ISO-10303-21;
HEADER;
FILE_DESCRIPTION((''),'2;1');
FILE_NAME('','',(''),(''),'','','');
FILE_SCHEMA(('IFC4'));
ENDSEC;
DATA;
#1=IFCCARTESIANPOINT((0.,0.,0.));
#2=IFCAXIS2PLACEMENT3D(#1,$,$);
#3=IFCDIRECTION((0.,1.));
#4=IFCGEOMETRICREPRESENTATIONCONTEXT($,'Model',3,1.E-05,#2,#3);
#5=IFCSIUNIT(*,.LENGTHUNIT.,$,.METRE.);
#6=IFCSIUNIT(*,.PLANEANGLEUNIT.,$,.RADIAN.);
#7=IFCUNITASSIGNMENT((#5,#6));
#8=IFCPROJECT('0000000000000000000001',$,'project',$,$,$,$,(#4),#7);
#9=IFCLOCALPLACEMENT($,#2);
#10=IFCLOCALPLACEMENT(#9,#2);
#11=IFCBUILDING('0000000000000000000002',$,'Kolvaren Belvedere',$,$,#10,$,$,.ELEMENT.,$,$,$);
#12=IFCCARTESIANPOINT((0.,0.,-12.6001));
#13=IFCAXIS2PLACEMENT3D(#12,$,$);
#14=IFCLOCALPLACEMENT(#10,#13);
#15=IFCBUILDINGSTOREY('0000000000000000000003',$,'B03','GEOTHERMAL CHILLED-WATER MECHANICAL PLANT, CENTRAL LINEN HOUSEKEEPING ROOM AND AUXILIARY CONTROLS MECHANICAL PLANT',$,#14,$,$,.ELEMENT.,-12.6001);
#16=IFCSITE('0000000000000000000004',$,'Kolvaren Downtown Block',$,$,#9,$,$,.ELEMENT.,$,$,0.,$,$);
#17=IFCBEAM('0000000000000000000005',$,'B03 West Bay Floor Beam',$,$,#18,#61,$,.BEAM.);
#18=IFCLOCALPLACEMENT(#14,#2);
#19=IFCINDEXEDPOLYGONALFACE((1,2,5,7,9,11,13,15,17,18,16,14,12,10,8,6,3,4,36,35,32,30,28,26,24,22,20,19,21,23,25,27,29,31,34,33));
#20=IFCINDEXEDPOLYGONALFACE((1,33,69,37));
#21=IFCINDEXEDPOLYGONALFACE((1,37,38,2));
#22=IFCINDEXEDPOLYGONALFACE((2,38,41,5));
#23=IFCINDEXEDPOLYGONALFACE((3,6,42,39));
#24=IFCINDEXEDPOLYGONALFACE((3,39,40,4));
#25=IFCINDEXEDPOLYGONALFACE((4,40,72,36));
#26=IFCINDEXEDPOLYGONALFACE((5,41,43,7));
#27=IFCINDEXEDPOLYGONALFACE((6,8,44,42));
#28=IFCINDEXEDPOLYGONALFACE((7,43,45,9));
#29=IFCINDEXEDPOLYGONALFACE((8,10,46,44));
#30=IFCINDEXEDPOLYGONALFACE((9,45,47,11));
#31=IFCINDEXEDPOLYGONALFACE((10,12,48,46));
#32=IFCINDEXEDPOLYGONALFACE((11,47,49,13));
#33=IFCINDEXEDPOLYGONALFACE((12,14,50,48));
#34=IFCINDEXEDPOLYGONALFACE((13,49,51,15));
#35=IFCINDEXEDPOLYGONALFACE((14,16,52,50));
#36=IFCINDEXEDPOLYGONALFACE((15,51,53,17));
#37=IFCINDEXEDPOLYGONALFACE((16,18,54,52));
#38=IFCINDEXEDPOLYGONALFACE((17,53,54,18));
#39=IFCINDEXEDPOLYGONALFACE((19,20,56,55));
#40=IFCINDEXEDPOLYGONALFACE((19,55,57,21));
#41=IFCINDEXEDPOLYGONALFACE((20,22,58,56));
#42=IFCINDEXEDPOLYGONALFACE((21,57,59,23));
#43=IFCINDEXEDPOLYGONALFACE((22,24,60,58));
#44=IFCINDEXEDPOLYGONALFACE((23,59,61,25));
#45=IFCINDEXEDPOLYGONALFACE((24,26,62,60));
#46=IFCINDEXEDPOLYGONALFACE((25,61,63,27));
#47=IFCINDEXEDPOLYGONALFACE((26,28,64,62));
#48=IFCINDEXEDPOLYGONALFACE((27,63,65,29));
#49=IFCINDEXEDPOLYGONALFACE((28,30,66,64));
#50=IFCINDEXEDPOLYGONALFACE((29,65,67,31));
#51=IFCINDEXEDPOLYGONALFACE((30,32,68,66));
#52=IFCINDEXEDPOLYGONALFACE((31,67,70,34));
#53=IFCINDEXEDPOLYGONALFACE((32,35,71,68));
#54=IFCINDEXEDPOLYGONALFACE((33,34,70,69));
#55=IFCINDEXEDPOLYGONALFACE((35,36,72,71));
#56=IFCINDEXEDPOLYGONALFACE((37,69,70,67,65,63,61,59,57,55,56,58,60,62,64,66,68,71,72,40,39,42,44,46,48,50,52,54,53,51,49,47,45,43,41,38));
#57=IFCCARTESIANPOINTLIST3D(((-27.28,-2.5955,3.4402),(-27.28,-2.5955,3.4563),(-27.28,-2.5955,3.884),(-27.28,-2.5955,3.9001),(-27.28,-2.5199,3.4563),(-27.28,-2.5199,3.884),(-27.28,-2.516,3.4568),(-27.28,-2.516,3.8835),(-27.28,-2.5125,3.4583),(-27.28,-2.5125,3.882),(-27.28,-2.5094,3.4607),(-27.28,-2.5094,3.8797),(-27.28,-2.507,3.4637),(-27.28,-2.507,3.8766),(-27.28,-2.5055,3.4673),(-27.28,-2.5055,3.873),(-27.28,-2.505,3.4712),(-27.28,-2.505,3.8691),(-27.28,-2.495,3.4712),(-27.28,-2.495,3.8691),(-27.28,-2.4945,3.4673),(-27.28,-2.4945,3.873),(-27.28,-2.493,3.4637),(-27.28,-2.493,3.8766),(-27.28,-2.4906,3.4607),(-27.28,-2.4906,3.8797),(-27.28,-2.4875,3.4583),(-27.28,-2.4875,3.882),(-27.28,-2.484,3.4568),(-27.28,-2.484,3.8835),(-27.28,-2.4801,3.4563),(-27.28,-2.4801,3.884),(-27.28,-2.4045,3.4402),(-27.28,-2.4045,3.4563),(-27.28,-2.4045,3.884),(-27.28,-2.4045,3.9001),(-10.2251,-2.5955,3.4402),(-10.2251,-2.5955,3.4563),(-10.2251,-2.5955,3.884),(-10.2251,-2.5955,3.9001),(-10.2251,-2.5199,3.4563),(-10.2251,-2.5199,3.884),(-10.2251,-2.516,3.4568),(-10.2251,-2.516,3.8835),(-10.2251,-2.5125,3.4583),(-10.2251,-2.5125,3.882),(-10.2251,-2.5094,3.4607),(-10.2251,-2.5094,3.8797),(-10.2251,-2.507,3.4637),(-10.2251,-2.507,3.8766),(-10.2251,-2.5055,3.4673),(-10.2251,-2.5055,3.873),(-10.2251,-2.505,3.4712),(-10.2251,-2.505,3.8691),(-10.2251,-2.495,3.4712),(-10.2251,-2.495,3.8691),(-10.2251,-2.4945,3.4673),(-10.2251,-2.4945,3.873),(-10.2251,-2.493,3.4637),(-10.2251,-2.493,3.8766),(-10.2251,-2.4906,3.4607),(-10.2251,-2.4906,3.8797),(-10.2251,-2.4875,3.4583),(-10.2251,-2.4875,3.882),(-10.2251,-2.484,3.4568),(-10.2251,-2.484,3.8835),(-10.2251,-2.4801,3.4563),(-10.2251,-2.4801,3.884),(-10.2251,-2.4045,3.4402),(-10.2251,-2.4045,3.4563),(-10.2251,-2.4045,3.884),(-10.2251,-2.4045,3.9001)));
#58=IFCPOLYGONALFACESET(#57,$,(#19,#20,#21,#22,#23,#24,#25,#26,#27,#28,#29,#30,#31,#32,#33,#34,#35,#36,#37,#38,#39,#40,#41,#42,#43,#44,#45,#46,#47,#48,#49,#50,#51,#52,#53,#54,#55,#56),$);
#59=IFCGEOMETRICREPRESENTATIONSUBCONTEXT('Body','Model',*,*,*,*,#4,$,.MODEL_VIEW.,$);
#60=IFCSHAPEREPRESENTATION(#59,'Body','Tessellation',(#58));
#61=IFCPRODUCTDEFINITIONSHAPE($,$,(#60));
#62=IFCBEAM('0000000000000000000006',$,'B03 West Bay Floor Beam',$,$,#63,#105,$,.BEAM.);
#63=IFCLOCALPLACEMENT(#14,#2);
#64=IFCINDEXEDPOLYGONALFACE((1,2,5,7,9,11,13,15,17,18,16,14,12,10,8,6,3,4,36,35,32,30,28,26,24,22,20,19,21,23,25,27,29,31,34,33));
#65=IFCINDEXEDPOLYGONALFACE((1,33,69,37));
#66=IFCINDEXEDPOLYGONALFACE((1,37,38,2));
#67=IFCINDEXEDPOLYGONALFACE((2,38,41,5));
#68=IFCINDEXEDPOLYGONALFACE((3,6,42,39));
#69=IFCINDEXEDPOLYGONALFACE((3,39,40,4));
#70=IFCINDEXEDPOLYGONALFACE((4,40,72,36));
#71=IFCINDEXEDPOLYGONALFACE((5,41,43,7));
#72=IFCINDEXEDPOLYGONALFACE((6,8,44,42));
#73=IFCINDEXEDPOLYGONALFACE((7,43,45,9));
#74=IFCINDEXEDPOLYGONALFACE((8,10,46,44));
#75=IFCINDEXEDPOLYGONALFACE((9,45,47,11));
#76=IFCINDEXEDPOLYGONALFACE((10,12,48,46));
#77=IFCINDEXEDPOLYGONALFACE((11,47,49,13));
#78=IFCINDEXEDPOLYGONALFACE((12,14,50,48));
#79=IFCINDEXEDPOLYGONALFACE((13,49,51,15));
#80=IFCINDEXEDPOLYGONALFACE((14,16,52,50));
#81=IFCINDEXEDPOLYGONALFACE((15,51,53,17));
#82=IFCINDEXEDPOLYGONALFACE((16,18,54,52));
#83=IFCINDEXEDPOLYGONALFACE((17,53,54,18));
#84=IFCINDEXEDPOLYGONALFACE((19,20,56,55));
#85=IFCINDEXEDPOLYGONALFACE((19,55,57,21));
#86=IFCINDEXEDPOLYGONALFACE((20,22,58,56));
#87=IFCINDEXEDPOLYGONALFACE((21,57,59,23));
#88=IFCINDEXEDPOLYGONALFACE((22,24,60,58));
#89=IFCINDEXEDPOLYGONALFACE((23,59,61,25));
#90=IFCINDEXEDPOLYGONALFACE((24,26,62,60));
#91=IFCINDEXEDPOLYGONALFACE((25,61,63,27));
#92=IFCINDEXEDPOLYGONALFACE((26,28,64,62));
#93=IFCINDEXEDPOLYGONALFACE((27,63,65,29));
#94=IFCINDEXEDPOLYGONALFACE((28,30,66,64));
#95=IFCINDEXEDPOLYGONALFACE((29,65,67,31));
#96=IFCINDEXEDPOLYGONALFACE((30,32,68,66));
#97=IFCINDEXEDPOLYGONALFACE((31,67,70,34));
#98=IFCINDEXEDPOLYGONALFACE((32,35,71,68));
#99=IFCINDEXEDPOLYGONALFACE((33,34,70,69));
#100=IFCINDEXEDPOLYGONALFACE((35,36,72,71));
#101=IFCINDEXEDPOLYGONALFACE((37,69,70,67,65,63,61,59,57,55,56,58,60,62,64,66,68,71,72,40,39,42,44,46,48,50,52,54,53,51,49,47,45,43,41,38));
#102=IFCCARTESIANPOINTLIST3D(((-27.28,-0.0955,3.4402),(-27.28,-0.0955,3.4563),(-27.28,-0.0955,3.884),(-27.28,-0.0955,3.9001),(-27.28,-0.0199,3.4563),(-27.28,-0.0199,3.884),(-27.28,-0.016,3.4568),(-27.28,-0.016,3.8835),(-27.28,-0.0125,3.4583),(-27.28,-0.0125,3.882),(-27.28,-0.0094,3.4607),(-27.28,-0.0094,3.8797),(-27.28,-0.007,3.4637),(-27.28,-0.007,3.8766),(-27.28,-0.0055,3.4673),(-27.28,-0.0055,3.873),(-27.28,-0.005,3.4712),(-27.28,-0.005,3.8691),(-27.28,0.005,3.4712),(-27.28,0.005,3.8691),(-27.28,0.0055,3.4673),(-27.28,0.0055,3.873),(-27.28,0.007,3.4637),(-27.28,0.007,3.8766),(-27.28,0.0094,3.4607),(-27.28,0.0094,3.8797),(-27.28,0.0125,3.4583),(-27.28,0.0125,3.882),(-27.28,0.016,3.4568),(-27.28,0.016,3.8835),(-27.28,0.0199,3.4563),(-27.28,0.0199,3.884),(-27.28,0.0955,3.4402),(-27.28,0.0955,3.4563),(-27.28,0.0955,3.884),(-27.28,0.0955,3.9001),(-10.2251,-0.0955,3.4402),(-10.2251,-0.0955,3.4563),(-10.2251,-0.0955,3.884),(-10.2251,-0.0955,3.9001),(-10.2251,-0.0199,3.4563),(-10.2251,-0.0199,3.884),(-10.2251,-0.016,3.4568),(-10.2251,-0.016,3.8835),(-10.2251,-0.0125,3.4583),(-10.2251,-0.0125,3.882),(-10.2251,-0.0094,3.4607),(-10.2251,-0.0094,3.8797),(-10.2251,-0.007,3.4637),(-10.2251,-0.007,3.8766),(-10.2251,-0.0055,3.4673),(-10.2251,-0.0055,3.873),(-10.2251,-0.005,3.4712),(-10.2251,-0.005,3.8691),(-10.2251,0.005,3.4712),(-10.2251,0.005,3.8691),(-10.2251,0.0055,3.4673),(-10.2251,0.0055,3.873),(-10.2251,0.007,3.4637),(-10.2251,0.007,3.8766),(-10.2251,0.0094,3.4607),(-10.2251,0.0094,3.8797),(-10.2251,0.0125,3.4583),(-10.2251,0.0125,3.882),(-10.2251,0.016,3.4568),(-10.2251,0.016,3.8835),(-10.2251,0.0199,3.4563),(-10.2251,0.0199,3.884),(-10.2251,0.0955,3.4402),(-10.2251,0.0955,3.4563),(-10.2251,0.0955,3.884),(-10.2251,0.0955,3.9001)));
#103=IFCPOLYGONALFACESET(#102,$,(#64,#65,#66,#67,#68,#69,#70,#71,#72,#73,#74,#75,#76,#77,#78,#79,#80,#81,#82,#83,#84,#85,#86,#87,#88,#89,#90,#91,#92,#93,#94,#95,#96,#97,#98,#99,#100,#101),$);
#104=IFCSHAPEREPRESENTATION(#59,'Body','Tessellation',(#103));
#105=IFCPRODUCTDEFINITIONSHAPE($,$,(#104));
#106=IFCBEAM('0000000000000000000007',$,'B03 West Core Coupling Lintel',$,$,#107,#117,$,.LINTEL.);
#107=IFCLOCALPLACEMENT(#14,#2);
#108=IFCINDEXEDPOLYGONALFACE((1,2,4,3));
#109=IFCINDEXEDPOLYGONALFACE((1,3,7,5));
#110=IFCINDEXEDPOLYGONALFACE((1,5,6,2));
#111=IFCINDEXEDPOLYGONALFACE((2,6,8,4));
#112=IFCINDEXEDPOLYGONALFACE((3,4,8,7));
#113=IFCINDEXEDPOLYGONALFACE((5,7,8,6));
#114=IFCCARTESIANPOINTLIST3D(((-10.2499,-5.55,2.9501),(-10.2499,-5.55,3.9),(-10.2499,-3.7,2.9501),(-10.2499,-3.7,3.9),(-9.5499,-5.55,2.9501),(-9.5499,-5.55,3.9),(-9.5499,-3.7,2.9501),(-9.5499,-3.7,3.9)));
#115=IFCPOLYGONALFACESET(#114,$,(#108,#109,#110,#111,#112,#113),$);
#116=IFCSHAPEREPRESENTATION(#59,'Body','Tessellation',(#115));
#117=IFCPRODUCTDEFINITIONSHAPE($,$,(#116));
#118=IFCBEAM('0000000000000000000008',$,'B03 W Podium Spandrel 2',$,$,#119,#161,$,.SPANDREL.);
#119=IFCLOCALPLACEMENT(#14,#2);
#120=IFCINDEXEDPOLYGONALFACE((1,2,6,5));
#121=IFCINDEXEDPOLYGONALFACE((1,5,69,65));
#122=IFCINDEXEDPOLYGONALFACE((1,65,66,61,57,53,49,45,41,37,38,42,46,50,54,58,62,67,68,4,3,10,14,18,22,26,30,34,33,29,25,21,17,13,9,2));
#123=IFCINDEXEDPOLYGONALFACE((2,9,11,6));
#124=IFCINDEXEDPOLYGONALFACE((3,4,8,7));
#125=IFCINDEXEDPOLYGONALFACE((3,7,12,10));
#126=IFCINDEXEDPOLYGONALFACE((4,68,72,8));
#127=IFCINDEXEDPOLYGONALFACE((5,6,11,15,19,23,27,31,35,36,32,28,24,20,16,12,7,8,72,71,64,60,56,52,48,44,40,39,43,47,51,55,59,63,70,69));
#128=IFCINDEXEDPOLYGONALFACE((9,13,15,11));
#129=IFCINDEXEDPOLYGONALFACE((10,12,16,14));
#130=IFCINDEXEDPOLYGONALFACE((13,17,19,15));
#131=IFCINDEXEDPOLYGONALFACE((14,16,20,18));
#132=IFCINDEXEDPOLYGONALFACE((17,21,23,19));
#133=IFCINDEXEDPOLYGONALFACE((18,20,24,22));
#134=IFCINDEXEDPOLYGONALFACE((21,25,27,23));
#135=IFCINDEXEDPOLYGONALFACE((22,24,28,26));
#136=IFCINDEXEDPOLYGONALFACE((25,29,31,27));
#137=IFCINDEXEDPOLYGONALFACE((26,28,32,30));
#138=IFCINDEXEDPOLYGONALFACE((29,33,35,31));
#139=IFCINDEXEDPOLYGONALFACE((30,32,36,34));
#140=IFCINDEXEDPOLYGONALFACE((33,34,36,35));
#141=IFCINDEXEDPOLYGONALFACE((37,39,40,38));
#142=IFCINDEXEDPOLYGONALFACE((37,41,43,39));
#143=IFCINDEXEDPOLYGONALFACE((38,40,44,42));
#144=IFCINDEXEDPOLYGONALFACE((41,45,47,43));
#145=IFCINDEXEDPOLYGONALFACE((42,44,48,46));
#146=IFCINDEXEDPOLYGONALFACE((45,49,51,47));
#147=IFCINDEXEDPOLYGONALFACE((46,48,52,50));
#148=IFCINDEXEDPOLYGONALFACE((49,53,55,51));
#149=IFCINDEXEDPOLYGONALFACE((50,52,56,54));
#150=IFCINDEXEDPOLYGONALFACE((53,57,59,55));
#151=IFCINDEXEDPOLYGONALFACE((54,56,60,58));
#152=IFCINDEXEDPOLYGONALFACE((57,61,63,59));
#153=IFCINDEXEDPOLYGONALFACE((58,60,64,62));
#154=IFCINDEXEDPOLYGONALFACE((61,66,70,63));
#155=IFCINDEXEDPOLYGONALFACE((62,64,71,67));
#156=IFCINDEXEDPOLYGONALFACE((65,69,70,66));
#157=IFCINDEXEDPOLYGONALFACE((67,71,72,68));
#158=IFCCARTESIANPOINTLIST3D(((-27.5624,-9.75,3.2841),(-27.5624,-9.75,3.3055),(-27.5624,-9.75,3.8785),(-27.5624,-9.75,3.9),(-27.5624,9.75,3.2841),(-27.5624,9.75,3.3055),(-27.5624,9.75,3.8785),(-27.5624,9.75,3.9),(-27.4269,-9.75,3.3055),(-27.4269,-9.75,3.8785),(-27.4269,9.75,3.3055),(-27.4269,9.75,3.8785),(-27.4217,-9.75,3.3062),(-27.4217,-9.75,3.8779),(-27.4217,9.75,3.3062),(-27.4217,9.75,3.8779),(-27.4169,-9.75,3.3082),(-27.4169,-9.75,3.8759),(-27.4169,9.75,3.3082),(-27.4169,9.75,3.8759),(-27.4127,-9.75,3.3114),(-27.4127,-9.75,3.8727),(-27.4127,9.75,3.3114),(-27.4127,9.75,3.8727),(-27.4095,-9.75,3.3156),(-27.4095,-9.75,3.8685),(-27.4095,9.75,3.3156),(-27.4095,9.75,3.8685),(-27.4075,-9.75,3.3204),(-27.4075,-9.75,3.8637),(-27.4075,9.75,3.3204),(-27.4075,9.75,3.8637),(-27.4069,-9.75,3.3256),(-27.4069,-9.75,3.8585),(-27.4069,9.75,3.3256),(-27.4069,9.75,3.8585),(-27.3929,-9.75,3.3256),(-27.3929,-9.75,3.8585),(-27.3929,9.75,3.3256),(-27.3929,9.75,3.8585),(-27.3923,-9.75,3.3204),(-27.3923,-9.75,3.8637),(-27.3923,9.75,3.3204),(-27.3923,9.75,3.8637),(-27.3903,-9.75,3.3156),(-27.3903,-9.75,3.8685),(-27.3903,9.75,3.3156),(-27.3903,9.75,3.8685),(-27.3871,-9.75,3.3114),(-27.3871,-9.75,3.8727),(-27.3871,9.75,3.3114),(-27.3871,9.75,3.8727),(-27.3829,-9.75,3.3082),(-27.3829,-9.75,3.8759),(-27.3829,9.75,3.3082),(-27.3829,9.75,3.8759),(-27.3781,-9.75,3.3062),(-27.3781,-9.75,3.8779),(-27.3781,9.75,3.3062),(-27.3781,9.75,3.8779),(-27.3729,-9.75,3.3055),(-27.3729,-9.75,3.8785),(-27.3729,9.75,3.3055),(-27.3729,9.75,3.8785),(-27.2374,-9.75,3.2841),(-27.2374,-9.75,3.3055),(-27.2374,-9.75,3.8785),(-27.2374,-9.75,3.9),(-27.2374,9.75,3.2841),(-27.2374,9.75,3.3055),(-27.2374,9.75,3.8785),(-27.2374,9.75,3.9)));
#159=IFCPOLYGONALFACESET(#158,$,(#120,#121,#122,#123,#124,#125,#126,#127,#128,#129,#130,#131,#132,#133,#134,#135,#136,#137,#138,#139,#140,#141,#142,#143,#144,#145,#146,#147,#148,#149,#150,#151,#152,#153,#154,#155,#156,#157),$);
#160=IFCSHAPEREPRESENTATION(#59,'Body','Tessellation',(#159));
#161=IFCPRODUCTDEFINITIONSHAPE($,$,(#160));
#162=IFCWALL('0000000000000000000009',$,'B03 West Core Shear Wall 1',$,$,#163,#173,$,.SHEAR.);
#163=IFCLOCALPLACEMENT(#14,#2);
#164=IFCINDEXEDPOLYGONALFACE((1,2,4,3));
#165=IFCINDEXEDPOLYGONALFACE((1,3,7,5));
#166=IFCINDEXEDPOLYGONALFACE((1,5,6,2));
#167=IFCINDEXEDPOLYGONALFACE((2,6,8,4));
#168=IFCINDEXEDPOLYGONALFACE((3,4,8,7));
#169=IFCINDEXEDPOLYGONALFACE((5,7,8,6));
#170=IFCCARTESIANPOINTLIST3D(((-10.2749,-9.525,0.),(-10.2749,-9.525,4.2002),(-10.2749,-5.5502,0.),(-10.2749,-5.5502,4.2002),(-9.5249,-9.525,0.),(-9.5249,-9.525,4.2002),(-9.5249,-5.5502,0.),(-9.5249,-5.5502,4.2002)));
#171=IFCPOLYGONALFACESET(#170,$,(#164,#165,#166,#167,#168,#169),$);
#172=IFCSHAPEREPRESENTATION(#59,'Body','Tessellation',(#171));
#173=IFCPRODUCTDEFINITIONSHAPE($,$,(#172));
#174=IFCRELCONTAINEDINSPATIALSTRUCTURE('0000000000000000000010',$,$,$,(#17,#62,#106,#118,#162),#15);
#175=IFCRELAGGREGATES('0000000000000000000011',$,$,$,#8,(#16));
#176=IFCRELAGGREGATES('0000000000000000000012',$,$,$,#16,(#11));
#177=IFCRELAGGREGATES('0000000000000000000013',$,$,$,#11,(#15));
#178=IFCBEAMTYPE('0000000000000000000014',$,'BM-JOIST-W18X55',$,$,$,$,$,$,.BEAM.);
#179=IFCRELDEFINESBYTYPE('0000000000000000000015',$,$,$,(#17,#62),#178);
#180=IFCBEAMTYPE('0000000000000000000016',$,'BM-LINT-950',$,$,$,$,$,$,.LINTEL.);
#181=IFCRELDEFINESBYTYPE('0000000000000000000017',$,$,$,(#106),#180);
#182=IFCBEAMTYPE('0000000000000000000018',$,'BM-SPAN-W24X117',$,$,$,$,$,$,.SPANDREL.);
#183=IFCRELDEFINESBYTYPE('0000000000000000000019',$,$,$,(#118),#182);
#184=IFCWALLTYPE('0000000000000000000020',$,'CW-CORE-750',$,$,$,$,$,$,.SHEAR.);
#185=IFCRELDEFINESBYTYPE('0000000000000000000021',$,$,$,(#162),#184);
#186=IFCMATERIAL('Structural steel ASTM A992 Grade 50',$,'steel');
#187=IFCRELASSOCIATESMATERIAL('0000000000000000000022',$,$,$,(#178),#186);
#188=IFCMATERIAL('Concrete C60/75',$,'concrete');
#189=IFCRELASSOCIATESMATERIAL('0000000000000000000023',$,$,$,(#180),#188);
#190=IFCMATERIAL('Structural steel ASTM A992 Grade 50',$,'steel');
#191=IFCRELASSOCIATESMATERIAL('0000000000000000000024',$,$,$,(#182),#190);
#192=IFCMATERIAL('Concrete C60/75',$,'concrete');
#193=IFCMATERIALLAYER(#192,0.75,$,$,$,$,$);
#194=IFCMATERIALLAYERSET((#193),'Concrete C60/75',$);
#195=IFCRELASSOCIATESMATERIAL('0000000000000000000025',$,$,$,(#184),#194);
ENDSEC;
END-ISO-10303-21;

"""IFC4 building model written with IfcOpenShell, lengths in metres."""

from ifc_helpers import new_model, si_unit, direction, frame, frame_2d, origin, origin_2d, place, context, subcontext, project, spatial, rectangle, i_section, extrude, material, layer, layer_set, material_profile, profile_set, type_object, element, save


model = new_model("IFC4")

# Units and contexts
model_context = context("Model", 3, precision=1e-05, world=origin(), true_north=direction((0.0, 1.0)))
body_context = subcontext(model_context, "Body", "Model", "MODEL_VIEW")
ifc_project = project(units=[si_unit("LENGTHUNIT", "METRE"), si_unit("PLANEANGLEUNIT", "RADIAN")], contexts=[model_context])

# Site, building, storey
site_placement = place(None, origin())
site = spatial("IfcSite", under=ifc_project, at=site_placement, Name="Kolvaren Downtown Block", CompositionType="ELEMENT", RefElevation=0.0)
building_placement = place(site_placement, origin())
building = spatial("IfcBuilding", under=site, at=building_placement, Name="Kolvaren Belvedere", CompositionType="ELEMENT")
storey_placement = place(building_placement, frame((0.0, 0.0, -12.6001)))
storey = spatial("IfcBuildingStorey", under=building, at=storey_placement, Name="B03", Description="GEOTHERMAL CHILLED-WATER MECHANICAL PLANT, CENTRAL LINEN HOUSEKEEPING ROOM AND AUXILIARY CONTROLS MECHANICAL PLANT", CompositionType="ELEMENT", Elevation=-12.6001)

# Beams
ifc_material_1 = material(Name="Structural steel ASTM A992 Grade 50", Category="steel")
ifc_material_profile_1 = material_profile(ifc_material_1, i_section(OverallWidth=0.1909, OverallDepth=0.46, WebThickness=0.01, FlangeThickness=0.0161, FilletRadius=0.0149, at=origin_2d()), Name="W18X55")
ifc_profile_set_1 = profile_set([ifc_material_profile_1], Name="Structural steel ASTM A992 Grade 50")
beam_type_1 = type_object("IfcBeamType", Name="BM-JOIST-W18X55", PredefinedType="BEAM", material=ifc_profile_set_1)
for number, where, z_axis, x_axis, name in (
    (1, (-27.28, -2.5, 3.6702), (1.0, 0.0, 0.0), (0.0, 1.0, 0.0), "B03 West Bay Floor Beam"),
    (2, (-27.28, 0.0, 3.6702), (1.0, 0.0, 0.0), (0.0, 1.0, 0.0), "B03 West Bay Floor Beam"),
):
    element("IfcBeam", number, at=place(storey_placement, frame(where, z_axis=z_axis, x_axis=x_axis)), inside=storey, type_object=beam_type_1, Name=name, PredefinedType="BEAM", context=body_context, shape_type="SweptSolid", body=[
        extrude(i_section(OverallWidth=0.1909, OverallDepth=0.46, WebThickness=0.01, FlangeThickness=0.0161, FilletRadius=0.0149, at=origin_2d()), origin(), (0.0, 0.0, 1.0), 17.0549),
    ])
ifc_material_2 = material(Name="Concrete C60/75", Category="concrete")
ifc_material_profile_2 = material_profile(ifc_material_2, rectangle(XDim=0.7, YDim=0.95, at=origin_2d()), Name="RC 700X950")
ifc_profile_set_2 = profile_set([ifc_material_profile_2], Name="Concrete C60/75")
beam_type_2 = type_object("IfcBeamType", Name="BM-LINT-950", PredefinedType="LINTEL", material=ifc_profile_set_2)
beam_1_placement = place(storey_placement, frame((-9.8999, -5.55, 3.425), z_axis=(0.0, 1.0, 0.0), x_axis=(-1.0, 0.0, 0.0)))
element("IfcBeam", 3, at=beam_1_placement, inside=storey, type_object=beam_type_2, Name="B03 West Core Coupling Lintel", PredefinedType="LINTEL", context=body_context, shape_type="SweptSolid", body=[
    extrude(rectangle(XDim=0.7, YDim=0.95, at=origin_2d()), origin(), (0.0, 0.0, 1.0), 1.8501),
])
ifc_material_3 = material(Name="Structural steel ASTM A992 Grade 50", Category="steel")
ifc_material_profile_3 = material_profile(ifc_material_3, i_section(OverallWidth=0.325, OverallDepth=0.616, WebThickness=0.0139, FlangeThickness=0.0215, FilletRadius=0.02, at=origin_2d()), Name="W24X117")
ifc_profile_set_3 = profile_set([ifc_material_profile_3], Name="Structural steel ASTM A992 Grade 50")
beam_type_3 = type_object("IfcBeamType", Name="BM-SPAN-W24X117", PredefinedType="SPANDREL", material=ifc_profile_set_3)
beam_2_placement = place(storey_placement, frame((-27.3999, -9.75, 3.592), z_axis=(0.0, 1.0, 0.0), x_axis=(-1.0, 0.0, 0.0)))
element("IfcBeam", 4, at=beam_2_placement, inside=storey, type_object=beam_type_3, Name="B03 W Podium Spandrel 2", PredefinedType="SPANDREL", context=body_context, shape_type="SweptSolid", body=[
    extrude(i_section(OverallWidth=0.325, OverallDepth=0.616, WebThickness=0.0139, FlangeThickness=0.0215, FilletRadius=0.02, at=origin_2d()), origin(), (0.0, 0.0, 1.0), 19.5),
])

# Wall
ifc_material_4 = material(Name="Concrete C60/75", Category="concrete")
ifc_layer_1 = layer(ifc_material_4, 0.75)
ifc_layer_set_1 = layer_set([ifc_layer_1], Name="Concrete C60/75")
wall_type_1 = type_object("IfcWallType", Name="CW-CORE-750", PredefinedType="SHEAR", material=ifc_layer_set_1)
wall_1_placement = place(storey_placement, frame((-9.8999, -9.5249, 0.0), z_axis=(0.0, 0.0, 1.0), x_axis=(0.0, 1.0, 0.0)))
element("IfcWall", 5, at=wall_1_placement, inside=storey, type_object=wall_type_1, Name="B03 West Core Shear Wall 1", PredefinedType="SHEAR", context=body_context, shape_type="SweptSolid", body=[
    extrude(rectangle(XDim=3.9749, YDim=0.75, at=frame_2d((1.9873, 0.0))), origin(), (0.0, 0.0, 1.0), 4.2002),
])

save(model, "model.ifc")
